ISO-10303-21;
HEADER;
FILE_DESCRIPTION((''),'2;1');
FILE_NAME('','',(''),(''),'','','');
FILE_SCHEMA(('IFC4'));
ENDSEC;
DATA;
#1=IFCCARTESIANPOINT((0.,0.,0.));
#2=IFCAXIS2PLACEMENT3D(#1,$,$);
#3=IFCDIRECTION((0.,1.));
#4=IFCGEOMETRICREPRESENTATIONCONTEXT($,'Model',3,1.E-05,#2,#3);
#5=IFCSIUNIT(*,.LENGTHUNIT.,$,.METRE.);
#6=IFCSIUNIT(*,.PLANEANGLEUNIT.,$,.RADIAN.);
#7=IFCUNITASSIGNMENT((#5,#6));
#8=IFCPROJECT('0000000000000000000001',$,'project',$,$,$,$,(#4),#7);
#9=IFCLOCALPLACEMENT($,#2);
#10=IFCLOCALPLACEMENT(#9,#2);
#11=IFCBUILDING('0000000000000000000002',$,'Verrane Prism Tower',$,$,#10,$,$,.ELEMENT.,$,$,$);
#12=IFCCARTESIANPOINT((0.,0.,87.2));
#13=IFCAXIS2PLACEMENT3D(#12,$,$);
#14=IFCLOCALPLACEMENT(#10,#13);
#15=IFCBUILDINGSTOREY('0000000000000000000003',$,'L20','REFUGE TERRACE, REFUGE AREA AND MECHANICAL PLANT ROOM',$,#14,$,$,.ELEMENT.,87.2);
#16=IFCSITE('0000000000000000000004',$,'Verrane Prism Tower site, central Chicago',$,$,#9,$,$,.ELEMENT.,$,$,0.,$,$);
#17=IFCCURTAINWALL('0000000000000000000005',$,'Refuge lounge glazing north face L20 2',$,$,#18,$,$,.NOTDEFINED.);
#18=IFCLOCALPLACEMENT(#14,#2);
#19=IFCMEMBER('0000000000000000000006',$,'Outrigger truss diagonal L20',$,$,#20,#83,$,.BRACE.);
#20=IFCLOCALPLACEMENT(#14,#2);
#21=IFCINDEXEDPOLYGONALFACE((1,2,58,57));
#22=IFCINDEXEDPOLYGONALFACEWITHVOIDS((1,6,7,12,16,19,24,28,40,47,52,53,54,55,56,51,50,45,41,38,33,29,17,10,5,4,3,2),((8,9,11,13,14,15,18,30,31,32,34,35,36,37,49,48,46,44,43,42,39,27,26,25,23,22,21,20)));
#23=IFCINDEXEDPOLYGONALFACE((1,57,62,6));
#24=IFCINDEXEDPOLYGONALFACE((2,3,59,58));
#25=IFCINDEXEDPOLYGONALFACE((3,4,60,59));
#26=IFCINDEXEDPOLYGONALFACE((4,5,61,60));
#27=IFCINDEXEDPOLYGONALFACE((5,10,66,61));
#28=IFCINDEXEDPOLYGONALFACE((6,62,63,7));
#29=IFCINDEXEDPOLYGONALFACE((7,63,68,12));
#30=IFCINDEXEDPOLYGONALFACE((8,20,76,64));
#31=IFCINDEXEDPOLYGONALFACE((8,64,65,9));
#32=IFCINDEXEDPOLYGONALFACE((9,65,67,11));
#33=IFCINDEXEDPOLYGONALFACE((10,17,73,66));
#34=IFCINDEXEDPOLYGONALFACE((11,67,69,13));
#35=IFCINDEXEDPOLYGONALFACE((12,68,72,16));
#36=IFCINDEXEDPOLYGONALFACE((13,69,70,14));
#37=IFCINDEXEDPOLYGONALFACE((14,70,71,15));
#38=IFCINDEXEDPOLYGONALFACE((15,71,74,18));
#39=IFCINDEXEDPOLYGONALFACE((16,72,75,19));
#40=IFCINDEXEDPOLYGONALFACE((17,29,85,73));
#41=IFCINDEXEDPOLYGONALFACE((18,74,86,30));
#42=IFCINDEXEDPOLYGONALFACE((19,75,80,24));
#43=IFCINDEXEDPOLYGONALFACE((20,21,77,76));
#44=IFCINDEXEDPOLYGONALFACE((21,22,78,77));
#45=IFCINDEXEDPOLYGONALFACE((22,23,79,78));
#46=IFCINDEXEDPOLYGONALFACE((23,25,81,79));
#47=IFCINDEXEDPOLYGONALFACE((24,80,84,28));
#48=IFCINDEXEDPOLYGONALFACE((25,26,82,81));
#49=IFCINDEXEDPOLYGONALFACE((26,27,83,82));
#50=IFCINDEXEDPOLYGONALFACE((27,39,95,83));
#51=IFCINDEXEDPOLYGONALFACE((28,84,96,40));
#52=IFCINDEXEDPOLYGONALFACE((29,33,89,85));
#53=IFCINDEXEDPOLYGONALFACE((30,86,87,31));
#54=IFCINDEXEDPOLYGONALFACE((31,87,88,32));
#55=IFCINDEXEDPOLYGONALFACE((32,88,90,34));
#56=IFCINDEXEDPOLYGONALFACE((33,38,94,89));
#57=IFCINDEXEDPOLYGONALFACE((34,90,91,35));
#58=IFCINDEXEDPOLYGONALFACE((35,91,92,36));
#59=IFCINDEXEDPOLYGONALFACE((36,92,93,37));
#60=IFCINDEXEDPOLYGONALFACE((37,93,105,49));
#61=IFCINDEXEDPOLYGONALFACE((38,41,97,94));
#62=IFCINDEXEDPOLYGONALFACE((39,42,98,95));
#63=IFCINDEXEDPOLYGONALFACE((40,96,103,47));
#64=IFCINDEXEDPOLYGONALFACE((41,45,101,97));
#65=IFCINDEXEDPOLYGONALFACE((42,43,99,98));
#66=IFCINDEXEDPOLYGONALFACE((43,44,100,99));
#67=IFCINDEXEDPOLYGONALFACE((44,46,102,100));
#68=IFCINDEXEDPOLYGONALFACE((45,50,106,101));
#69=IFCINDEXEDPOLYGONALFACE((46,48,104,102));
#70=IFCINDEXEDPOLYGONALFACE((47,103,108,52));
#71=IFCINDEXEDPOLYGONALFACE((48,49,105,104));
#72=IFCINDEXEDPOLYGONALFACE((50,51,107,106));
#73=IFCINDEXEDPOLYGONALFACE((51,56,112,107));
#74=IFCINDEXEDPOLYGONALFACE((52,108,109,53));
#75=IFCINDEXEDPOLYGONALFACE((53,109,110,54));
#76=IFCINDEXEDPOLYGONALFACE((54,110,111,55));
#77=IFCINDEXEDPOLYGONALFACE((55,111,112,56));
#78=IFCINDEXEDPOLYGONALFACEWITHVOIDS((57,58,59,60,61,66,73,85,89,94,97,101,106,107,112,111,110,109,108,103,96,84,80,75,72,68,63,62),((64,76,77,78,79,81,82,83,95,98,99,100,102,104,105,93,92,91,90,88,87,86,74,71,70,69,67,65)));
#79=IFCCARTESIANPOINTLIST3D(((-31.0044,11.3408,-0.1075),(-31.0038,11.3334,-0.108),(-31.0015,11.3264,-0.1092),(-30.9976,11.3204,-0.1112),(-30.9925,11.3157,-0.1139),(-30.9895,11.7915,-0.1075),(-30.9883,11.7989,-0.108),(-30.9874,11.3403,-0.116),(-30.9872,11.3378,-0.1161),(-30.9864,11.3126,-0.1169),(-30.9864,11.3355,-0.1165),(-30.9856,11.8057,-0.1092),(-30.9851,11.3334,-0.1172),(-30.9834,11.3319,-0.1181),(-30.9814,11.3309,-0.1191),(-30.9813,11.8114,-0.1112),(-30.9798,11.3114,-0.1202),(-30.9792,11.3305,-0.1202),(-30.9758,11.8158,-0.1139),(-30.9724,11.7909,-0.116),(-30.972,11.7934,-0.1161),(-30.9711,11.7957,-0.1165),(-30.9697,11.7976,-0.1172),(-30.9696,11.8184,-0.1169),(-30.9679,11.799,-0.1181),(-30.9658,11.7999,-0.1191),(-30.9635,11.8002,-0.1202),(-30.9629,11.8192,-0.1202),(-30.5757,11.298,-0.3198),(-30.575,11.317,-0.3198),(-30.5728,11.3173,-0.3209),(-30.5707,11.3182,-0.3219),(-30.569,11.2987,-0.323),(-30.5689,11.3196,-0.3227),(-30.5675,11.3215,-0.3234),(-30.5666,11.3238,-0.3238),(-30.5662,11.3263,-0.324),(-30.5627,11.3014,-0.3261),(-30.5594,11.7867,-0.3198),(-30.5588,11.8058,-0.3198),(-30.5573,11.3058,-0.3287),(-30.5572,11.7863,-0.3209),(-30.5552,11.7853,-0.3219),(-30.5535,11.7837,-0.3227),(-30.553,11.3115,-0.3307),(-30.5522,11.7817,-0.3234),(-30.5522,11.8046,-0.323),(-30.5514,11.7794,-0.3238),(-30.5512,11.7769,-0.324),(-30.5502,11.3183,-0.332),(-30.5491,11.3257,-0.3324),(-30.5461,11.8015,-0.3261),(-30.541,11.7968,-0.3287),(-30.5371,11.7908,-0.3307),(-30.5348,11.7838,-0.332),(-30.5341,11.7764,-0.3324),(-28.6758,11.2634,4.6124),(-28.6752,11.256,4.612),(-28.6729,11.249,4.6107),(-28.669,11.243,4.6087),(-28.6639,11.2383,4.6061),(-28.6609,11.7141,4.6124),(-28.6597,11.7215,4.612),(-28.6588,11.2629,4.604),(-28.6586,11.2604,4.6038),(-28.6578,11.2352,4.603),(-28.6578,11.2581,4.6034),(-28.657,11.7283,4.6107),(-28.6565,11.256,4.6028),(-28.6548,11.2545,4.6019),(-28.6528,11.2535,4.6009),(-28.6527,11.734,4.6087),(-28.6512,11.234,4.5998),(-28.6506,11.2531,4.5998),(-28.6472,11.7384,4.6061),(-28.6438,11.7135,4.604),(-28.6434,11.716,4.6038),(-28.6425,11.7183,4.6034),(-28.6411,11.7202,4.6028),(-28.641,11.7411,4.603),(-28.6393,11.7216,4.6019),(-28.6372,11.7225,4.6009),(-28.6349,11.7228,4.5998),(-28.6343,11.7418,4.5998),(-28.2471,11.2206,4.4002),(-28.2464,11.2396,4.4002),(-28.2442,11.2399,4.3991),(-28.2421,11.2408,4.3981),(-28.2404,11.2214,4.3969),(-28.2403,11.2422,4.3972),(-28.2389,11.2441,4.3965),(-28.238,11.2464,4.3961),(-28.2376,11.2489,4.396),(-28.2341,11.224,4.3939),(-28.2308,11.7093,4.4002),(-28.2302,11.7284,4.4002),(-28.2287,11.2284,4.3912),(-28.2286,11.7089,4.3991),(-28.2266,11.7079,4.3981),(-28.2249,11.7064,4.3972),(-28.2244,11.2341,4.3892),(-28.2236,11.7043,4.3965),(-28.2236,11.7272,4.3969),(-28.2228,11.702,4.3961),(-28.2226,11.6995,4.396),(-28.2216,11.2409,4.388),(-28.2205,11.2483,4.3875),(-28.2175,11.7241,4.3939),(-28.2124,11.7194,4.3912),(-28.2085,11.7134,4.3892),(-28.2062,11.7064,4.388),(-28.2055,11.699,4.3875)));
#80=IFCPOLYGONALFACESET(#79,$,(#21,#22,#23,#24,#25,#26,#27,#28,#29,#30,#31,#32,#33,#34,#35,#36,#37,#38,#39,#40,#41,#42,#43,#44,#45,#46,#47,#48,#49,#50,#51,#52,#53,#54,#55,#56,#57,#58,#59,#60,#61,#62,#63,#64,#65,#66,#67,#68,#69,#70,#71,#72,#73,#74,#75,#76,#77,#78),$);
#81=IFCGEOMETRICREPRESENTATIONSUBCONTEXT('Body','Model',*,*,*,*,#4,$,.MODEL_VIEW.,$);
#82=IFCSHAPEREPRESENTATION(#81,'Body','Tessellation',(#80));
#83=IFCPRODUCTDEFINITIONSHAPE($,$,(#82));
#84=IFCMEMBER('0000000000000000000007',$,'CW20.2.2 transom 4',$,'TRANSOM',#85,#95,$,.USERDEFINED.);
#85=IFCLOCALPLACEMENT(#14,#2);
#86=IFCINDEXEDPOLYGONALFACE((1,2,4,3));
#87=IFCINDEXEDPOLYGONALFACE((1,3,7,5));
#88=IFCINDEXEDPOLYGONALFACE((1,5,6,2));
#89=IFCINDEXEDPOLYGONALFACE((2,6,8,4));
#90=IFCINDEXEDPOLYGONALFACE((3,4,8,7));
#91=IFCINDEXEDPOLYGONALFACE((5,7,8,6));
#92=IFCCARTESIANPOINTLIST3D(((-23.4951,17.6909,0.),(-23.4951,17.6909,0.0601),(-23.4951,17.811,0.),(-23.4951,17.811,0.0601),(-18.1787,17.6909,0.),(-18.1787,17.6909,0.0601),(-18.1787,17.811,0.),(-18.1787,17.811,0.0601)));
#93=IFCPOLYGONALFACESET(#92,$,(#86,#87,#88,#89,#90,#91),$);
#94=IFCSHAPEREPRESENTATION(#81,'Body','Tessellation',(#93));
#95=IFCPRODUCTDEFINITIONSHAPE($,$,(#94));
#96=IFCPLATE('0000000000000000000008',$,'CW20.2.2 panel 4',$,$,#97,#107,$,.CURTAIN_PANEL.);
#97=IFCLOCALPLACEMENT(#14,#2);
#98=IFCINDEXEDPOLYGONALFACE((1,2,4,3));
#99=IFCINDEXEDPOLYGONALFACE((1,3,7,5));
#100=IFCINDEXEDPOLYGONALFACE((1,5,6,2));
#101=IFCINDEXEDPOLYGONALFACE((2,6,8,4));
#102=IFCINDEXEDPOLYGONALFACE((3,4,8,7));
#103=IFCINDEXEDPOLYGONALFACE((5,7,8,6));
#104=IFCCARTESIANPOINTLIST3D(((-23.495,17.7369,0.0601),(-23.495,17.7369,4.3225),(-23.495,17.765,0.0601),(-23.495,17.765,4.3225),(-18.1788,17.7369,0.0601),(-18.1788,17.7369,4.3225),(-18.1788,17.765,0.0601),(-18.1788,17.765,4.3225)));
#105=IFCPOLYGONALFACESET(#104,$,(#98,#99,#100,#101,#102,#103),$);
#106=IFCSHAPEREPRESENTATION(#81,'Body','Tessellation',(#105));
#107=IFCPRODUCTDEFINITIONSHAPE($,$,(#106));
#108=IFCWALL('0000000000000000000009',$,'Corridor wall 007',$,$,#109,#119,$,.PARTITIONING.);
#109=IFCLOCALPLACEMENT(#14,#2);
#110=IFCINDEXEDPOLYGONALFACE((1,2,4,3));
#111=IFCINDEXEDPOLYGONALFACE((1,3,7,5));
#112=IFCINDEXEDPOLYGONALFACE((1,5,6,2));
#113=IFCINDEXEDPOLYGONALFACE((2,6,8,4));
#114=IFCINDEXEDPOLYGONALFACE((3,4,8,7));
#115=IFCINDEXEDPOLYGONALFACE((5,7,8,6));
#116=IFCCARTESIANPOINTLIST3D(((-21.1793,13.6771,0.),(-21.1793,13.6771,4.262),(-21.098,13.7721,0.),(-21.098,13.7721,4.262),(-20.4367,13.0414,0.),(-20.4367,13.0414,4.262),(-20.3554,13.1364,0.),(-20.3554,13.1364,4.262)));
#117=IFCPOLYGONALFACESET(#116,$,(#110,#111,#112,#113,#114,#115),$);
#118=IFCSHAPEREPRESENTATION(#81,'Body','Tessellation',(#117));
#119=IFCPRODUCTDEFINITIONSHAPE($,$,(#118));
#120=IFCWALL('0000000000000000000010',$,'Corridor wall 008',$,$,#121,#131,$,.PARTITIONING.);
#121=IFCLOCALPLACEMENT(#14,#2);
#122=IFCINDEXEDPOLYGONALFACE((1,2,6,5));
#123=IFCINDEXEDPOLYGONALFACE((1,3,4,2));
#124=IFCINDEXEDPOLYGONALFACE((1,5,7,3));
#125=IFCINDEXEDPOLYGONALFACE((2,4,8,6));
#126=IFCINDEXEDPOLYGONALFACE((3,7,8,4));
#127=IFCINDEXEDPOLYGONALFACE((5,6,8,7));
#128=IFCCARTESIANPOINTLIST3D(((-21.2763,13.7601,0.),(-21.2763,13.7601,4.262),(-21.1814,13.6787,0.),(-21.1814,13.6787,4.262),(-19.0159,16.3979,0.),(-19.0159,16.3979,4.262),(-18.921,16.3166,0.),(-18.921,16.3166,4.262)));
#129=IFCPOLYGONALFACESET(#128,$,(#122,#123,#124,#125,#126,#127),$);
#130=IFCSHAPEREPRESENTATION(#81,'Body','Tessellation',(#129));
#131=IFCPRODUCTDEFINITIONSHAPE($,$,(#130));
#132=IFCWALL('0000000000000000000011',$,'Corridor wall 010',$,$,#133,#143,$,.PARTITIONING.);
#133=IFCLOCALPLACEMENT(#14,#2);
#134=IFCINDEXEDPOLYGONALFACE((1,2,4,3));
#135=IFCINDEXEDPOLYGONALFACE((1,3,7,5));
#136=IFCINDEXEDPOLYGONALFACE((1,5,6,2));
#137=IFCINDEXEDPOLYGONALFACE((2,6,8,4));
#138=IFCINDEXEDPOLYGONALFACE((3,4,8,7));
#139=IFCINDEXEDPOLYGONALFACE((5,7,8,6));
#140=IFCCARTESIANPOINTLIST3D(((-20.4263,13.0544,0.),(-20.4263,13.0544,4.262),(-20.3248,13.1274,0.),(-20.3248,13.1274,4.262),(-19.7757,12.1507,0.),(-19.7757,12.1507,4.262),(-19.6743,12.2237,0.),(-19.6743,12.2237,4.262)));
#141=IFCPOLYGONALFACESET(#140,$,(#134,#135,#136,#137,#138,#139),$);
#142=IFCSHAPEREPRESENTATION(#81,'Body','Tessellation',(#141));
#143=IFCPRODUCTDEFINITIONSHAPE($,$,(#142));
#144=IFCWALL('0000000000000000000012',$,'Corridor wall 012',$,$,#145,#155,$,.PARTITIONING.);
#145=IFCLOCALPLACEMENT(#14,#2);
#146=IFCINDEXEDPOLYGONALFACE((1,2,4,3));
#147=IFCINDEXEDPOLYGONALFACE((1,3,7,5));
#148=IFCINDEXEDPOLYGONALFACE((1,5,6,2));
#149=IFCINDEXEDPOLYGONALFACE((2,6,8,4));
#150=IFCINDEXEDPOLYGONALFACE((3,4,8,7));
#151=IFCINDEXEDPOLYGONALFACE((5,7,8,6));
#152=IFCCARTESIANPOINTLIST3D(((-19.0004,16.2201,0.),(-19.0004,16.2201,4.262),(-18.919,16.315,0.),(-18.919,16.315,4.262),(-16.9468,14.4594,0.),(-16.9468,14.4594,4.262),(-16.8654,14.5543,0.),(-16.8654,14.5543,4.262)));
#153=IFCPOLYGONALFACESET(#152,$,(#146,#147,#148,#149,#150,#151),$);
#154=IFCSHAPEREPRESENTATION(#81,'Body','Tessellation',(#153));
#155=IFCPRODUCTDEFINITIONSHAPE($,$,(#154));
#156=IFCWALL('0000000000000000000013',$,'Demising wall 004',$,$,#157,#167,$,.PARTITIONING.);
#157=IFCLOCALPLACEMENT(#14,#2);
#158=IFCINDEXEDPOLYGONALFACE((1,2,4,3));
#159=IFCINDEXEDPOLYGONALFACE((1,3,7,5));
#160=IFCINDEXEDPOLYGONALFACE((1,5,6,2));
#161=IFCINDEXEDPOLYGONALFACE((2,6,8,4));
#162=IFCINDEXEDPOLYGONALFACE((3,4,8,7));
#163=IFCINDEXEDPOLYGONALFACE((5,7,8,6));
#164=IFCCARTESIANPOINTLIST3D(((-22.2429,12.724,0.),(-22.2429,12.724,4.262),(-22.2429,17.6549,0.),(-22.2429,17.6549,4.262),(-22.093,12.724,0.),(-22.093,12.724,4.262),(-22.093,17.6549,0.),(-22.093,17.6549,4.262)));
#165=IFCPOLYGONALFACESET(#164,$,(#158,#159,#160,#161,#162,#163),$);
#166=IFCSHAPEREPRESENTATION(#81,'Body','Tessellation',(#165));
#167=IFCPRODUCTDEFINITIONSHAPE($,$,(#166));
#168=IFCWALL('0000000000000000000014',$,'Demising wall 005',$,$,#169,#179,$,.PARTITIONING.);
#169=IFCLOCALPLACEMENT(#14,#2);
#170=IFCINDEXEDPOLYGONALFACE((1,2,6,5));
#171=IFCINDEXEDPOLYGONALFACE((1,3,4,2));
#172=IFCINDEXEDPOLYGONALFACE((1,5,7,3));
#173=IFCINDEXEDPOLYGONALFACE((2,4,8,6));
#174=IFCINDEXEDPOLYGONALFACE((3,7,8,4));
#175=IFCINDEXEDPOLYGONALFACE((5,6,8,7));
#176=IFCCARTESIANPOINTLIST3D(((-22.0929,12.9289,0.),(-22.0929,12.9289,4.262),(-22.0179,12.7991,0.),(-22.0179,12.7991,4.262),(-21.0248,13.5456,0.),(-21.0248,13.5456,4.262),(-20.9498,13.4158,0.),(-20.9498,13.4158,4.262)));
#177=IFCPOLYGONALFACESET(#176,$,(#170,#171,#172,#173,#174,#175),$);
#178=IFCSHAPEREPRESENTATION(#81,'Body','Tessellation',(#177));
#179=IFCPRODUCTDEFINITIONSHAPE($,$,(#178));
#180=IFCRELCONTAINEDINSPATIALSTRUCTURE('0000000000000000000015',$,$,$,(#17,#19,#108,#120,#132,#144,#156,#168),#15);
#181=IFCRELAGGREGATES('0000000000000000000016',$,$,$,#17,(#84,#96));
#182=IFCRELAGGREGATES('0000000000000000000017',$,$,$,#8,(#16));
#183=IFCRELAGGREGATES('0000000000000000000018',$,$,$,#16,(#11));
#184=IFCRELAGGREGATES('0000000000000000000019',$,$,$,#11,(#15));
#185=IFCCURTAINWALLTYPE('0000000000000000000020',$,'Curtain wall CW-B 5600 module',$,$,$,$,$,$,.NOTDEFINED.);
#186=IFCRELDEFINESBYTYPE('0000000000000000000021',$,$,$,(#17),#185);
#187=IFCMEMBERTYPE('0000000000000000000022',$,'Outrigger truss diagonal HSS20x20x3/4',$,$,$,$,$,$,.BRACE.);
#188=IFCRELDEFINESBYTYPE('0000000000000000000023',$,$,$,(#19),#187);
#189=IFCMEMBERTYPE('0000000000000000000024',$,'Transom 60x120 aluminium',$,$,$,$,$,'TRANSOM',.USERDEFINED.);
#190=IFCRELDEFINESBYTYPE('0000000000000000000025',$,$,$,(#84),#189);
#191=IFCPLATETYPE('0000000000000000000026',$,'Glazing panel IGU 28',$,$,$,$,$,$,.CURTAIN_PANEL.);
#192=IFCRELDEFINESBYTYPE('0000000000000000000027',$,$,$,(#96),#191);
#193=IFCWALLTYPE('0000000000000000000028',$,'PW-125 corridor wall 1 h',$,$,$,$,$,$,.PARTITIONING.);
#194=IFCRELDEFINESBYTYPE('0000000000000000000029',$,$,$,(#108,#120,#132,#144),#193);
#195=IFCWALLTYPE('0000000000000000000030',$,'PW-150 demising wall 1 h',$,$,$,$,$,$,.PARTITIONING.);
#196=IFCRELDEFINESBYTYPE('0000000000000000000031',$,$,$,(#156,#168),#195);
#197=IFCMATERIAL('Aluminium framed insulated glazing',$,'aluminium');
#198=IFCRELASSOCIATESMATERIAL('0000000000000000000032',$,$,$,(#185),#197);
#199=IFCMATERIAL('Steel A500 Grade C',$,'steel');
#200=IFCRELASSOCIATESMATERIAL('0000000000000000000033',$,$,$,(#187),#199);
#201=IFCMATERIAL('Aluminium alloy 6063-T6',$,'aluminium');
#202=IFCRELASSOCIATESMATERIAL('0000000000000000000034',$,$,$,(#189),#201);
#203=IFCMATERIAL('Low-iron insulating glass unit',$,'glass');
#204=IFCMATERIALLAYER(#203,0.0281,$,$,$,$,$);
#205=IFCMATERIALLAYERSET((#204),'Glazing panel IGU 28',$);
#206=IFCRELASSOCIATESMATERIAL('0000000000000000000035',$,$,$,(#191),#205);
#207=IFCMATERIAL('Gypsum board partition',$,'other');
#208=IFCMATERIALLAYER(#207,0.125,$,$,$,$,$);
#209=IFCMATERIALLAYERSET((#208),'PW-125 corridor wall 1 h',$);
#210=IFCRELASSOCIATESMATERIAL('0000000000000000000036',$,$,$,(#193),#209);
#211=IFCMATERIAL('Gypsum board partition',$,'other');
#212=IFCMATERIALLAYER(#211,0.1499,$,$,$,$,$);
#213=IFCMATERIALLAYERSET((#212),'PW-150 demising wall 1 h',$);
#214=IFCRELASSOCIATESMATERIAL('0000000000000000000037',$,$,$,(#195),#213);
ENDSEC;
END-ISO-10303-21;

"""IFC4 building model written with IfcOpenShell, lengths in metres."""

from ifc_helpers import new_model, si_unit, direction, frame, frame_2d, origin, origin_2d, place, context, subcontext, project, spatial, rectangle, hollow_rectangle, extrude, material, layer, layer_set, material_profile, profile_set, type_object, element, aggregate, save


model = new_model("IFC4")

# Units and contexts
model_context = context("Model", 3, precision=1e-05, world=origin(), true_north=direction((0.0, 1.0)))
body_context = subcontext(model_context, "Body", "Model", "MODEL_VIEW")
ifc_project = project(units=[si_unit("LENGTHUNIT", "METRE"), si_unit("PLANEANGLEUNIT", "RADIAN")], contexts=[model_context])

# Site, building, storey
site_placement = place(None, origin())
site = spatial("IfcSite", under=ifc_project, at=site_placement, Name="Verrane Prism Tower site, central Chicago", CompositionType="ELEMENT", RefElevation=0.0)
building_placement = place(site_placement, origin())
building = spatial("IfcBuilding", under=site, at=building_placement, Name="Verrane Prism Tower", CompositionType="ELEMENT")
storey_placement = place(building_placement, frame((0.0, 0.0, 87.2)))
storey = spatial("IfcBuildingStorey", under=building, at=storey_placement, Name="L20", Description="REFUGE TERRACE, REFUGE AREA AND MECHANICAL PLANT ROOM", CompositionType="ELEMENT", Elevation=87.2)

# Curtain wall
ifc_material_1 = material(Name="Aluminium framed insulated glazing", Category="aluminium")
curtain_wall_type = type_object("IfcCurtainWallType", Name="Curtain wall CW-B 5600 module", PredefinedType="NOTDEFINED", material=ifc_material_1)
curtain_wall_placement = place(storey_placement, origin())
curtain_wall = element("IfcCurtainWall", 1, at=curtain_wall_placement, inside=storey, type_object=curtain_wall_type, Name="Refuge lounge glazing north face L20 2", PredefinedType="NOTDEFINED")

# Member
ifc_material_2 = material(Name="Steel A500 Grade C", Category="steel")
ifc_material_profile_1 = material_profile(ifc_material_2, hollow_rectangle(XDim=0.5081, YDim=0.5081, WallThickness=0.019, InnerFilletRadius=0.0095, OuterFilletRadius=0.0286, at=origin_2d()), Name="HSS20x20x3/4")
ifc_profile_set_1 = profile_set([ifc_material_profile_1], Name="Steel A500 Grade C")
member_type_1 = type_object("IfcMemberType", Name="Outrigger truss diagonal HSS20x20x3/4", PredefinedType="BRACE", material=ifc_profile_set_1)
member_1_placement = place(storey_placement, frame((-30.7693, 11.5586, -0.22), z_axis=(0.442391, -0.014703, 0.896702), x_axis=(0.033217, 0.999448, 0.0)))
element("IfcMember", 2, at=member_1_placement, inside=storey, type_object=member_type_1, Name="Outrigger truss diagonal L20", PredefinedType="BRACE", context=body_context, shape_type="SweptSolid", body=[
    extrude(hollow_rectangle(XDim=0.5081, YDim=0.5081, WallThickness=0.019, InnerFilletRadius=0.0095, OuterFilletRadius=0.0286, at=origin_2d()), origin(), (0.0, 0.0, 1.0), 5.2637),
])

# Member
ifc_material_3 = material(Name="Aluminium alloy 6063-T6", Category="aluminium")
ifc_material_profile_2 = material_profile(ifc_material_3, rectangle(XDim=0.1201, YDim=0.0601, at=origin_2d()), Name="Transom 60x120 aluminium")
ifc_profile_set_2 = profile_set([ifc_material_profile_2], Name="Aluminium alloy 6063-T6")
member_type_2 = type_object("IfcMemberType", Name="Transom 60x120 aluminium", ElementType="TRANSOM", PredefinedType="USERDEFINED", material=ifc_profile_set_2)
member_2_placement = place(storey_placement, frame((-18.1787, 17.751, 0.03), z_axis=(-1.0, 0.0, 0.0), x_axis=(0.0, -1.0, 0.0)))
member_2 = element("IfcMember", 3, at=member_2_placement, type_object=member_type_2, Name="CW20.2.2 transom 4", ObjectType="TRANSOM", PredefinedType="USERDEFINED", context=body_context, shape_type="SweptSolid", body=[
    extrude(rectangle(XDim=0.1201, YDim=0.0601, at=origin_2d()), origin(), (0.0, 0.0, 1.0), 5.3164),
])

# Plate
ifc_material_4 = material(Name="Low-iron insulating glass unit", Category="glass")
ifc_layer_1 = layer(ifc_material_4, 0.0281)
ifc_layer_set_1 = layer_set([ifc_layer_1], Name="Glazing panel IGU 28")
plate_type = type_object("IfcPlateType", Name="Glazing panel IGU 28", PredefinedType="CURTAIN_PANEL", material=ifc_layer_set_1)
plate_placement = place(storey_placement, frame((-20.8369, 17.751, 0.0601), z_axis=(0.0, 0.0, 1.0), x_axis=(-1.0, 0.0, 0.0)))
plate = element("IfcPlate", 4, at=plate_placement, type_object=plate_type, Name="CW20.2.2 panel 4", PredefinedType="CURTAIN_PANEL", context=body_context, shape_type="SweptSolid", body=[
    extrude(rectangle(XDim=5.3162, YDim=0.0281, at=origin_2d()), origin(), (0.0, 0.0, 1.0), 4.2625),
])
aggregate(curtain_wall, [member_2, plate])

# Walls
ifc_material_5 = material(Name="Gypsum board partition", Category="other")
ifc_layer_2 = layer(ifc_material_5, 0.125)
ifc_layer_set_2 = layer_set([ifc_layer_2], Name="PW-125 corridor wall 1 h")
wall_type_1 = type_object("IfcWallType", Name="PW-125 corridor wall 1 h", PredefinedType="PARTITIONING", material=ifc_layer_set_2)
wall_1_placement = place(storey_placement, frame((-21.1387, 13.7246, 0.0), z_axis=(0.0, 0.0, 1.0), x_axis=(0.75968, -0.650298, 0.0)))
element("IfcWall", 5, at=wall_1_placement, inside=storey, type_object=wall_type_1, Name="Corridor wall 007", PredefinedType="PARTITIONING", context=body_context, shape_type="SweptSolid", body=[
    extrude(rectangle(XDim=0.9775, YDim=0.125, at=frame_2d((0.4888, 0.0))), origin(), (0.0, 0.0, 1.0), 4.262),
])
wall_2_placement = place(storey_placement, frame((-21.2288, 13.7195, 0.0), z_axis=(0.0, 0.0, 1.0), x_axis=(0.650693, 0.759341, 0.0)))
element("IfcWall", 6, at=wall_2_placement, inside=storey, type_object=wall_type_1, Name="Corridor wall 008", PredefinedType="PARTITIONING", context=body_context, shape_type="SweptSolid", body=[
    extrude(rectangle(XDim=3.4739, YDim=0.125, at=frame_2d((1.7368, 0.0))), origin(), (0.0, 0.0, 1.0), 4.262),
])
wall_3_placement = place(storey_placement, frame((-20.3755, 13.0908, 0.0), z_axis=(0.0, 0.0, 1.0), x_axis=(0.584241, -0.81158, 0.0)))
element("IfcWall", 7, at=wall_3_placement, inside=storey, type_object=wall_type_1, Name="Corridor wall 010", PredefinedType="PARTITIONING", context=body_context, shape_type="SweptSolid", body=[
    extrude(rectangle(XDim=1.1135, YDim=0.125, at=frame_2d((0.5566, 0.0))), origin(), (0.0, 0.0, 1.0), 4.262),
])
wall_4_placement = place(storey_placement, frame((-18.9597, 16.2676, 0.0), z_axis=(0.0, 0.0, 1.0), x_axis=(0.75918, -0.650881, 0.0)))
element("IfcWall", 8, at=wall_4_placement, inside=storey, type_object=wall_type_1, Name="Corridor wall 012", PredefinedType="PARTITIONING", context=body_context, shape_type="SweptSolid", body=[
    extrude(rectangle(XDim=2.7051, YDim=0.125, at=frame_2d((1.3525, 0.0))), origin(), (0.0, 0.0, 1.0), 4.262),
])
ifc_material_6 = material(Name="Gypsum board partition", Category="other")
ifc_layer_3 = layer(ifc_material_6, 0.1499)
ifc_layer_set_3 = layer_set([ifc_layer_3], Name="PW-150 demising wall 1 h")
wall_type_2 = type_object("IfcWallType", Name="PW-150 demising wall 1 h", PredefinedType="PARTITIONING", material=ifc_layer_set_3)
wall_5_placement = place(storey_placement, frame((-22.168, 12.7241, 0.0), z_axis=(0.0, 0.0, 1.0), x_axis=(0.0, 1.0, 0.0)))
element("IfcWall", 9, at=wall_5_placement, inside=storey, type_object=wall_type_2, Name="Demising wall 004", PredefinedType="PARTITIONING", context=body_context, shape_type="SweptSolid", body=[
    extrude(rectangle(XDim=4.9309, YDim=0.1499, at=frame_2d((2.4653, 0.0))), origin(), (0.0, 0.0, 1.0), 4.262),
])
wall_6_placement = place(storey_placement, frame((-22.0554, 12.864, 0.0), z_axis=(0.0, 0.0, 1.0), x_axis=(0.866017, 0.500014, 0.0)))
element("IfcWall", 10, at=wall_6_placement, inside=storey, type_object=wall_type_2, Name="Demising wall 005", PredefinedType="PARTITIONING", context=body_context, shape_type="SweptSolid", body=[
    extrude(rectangle(XDim=1.2334, YDim=0.1499, at=frame_2d((0.6167, 0.0))), origin(), (0.0, 0.0, 1.0), 4.262),
])

save(model, "model.ifc")
